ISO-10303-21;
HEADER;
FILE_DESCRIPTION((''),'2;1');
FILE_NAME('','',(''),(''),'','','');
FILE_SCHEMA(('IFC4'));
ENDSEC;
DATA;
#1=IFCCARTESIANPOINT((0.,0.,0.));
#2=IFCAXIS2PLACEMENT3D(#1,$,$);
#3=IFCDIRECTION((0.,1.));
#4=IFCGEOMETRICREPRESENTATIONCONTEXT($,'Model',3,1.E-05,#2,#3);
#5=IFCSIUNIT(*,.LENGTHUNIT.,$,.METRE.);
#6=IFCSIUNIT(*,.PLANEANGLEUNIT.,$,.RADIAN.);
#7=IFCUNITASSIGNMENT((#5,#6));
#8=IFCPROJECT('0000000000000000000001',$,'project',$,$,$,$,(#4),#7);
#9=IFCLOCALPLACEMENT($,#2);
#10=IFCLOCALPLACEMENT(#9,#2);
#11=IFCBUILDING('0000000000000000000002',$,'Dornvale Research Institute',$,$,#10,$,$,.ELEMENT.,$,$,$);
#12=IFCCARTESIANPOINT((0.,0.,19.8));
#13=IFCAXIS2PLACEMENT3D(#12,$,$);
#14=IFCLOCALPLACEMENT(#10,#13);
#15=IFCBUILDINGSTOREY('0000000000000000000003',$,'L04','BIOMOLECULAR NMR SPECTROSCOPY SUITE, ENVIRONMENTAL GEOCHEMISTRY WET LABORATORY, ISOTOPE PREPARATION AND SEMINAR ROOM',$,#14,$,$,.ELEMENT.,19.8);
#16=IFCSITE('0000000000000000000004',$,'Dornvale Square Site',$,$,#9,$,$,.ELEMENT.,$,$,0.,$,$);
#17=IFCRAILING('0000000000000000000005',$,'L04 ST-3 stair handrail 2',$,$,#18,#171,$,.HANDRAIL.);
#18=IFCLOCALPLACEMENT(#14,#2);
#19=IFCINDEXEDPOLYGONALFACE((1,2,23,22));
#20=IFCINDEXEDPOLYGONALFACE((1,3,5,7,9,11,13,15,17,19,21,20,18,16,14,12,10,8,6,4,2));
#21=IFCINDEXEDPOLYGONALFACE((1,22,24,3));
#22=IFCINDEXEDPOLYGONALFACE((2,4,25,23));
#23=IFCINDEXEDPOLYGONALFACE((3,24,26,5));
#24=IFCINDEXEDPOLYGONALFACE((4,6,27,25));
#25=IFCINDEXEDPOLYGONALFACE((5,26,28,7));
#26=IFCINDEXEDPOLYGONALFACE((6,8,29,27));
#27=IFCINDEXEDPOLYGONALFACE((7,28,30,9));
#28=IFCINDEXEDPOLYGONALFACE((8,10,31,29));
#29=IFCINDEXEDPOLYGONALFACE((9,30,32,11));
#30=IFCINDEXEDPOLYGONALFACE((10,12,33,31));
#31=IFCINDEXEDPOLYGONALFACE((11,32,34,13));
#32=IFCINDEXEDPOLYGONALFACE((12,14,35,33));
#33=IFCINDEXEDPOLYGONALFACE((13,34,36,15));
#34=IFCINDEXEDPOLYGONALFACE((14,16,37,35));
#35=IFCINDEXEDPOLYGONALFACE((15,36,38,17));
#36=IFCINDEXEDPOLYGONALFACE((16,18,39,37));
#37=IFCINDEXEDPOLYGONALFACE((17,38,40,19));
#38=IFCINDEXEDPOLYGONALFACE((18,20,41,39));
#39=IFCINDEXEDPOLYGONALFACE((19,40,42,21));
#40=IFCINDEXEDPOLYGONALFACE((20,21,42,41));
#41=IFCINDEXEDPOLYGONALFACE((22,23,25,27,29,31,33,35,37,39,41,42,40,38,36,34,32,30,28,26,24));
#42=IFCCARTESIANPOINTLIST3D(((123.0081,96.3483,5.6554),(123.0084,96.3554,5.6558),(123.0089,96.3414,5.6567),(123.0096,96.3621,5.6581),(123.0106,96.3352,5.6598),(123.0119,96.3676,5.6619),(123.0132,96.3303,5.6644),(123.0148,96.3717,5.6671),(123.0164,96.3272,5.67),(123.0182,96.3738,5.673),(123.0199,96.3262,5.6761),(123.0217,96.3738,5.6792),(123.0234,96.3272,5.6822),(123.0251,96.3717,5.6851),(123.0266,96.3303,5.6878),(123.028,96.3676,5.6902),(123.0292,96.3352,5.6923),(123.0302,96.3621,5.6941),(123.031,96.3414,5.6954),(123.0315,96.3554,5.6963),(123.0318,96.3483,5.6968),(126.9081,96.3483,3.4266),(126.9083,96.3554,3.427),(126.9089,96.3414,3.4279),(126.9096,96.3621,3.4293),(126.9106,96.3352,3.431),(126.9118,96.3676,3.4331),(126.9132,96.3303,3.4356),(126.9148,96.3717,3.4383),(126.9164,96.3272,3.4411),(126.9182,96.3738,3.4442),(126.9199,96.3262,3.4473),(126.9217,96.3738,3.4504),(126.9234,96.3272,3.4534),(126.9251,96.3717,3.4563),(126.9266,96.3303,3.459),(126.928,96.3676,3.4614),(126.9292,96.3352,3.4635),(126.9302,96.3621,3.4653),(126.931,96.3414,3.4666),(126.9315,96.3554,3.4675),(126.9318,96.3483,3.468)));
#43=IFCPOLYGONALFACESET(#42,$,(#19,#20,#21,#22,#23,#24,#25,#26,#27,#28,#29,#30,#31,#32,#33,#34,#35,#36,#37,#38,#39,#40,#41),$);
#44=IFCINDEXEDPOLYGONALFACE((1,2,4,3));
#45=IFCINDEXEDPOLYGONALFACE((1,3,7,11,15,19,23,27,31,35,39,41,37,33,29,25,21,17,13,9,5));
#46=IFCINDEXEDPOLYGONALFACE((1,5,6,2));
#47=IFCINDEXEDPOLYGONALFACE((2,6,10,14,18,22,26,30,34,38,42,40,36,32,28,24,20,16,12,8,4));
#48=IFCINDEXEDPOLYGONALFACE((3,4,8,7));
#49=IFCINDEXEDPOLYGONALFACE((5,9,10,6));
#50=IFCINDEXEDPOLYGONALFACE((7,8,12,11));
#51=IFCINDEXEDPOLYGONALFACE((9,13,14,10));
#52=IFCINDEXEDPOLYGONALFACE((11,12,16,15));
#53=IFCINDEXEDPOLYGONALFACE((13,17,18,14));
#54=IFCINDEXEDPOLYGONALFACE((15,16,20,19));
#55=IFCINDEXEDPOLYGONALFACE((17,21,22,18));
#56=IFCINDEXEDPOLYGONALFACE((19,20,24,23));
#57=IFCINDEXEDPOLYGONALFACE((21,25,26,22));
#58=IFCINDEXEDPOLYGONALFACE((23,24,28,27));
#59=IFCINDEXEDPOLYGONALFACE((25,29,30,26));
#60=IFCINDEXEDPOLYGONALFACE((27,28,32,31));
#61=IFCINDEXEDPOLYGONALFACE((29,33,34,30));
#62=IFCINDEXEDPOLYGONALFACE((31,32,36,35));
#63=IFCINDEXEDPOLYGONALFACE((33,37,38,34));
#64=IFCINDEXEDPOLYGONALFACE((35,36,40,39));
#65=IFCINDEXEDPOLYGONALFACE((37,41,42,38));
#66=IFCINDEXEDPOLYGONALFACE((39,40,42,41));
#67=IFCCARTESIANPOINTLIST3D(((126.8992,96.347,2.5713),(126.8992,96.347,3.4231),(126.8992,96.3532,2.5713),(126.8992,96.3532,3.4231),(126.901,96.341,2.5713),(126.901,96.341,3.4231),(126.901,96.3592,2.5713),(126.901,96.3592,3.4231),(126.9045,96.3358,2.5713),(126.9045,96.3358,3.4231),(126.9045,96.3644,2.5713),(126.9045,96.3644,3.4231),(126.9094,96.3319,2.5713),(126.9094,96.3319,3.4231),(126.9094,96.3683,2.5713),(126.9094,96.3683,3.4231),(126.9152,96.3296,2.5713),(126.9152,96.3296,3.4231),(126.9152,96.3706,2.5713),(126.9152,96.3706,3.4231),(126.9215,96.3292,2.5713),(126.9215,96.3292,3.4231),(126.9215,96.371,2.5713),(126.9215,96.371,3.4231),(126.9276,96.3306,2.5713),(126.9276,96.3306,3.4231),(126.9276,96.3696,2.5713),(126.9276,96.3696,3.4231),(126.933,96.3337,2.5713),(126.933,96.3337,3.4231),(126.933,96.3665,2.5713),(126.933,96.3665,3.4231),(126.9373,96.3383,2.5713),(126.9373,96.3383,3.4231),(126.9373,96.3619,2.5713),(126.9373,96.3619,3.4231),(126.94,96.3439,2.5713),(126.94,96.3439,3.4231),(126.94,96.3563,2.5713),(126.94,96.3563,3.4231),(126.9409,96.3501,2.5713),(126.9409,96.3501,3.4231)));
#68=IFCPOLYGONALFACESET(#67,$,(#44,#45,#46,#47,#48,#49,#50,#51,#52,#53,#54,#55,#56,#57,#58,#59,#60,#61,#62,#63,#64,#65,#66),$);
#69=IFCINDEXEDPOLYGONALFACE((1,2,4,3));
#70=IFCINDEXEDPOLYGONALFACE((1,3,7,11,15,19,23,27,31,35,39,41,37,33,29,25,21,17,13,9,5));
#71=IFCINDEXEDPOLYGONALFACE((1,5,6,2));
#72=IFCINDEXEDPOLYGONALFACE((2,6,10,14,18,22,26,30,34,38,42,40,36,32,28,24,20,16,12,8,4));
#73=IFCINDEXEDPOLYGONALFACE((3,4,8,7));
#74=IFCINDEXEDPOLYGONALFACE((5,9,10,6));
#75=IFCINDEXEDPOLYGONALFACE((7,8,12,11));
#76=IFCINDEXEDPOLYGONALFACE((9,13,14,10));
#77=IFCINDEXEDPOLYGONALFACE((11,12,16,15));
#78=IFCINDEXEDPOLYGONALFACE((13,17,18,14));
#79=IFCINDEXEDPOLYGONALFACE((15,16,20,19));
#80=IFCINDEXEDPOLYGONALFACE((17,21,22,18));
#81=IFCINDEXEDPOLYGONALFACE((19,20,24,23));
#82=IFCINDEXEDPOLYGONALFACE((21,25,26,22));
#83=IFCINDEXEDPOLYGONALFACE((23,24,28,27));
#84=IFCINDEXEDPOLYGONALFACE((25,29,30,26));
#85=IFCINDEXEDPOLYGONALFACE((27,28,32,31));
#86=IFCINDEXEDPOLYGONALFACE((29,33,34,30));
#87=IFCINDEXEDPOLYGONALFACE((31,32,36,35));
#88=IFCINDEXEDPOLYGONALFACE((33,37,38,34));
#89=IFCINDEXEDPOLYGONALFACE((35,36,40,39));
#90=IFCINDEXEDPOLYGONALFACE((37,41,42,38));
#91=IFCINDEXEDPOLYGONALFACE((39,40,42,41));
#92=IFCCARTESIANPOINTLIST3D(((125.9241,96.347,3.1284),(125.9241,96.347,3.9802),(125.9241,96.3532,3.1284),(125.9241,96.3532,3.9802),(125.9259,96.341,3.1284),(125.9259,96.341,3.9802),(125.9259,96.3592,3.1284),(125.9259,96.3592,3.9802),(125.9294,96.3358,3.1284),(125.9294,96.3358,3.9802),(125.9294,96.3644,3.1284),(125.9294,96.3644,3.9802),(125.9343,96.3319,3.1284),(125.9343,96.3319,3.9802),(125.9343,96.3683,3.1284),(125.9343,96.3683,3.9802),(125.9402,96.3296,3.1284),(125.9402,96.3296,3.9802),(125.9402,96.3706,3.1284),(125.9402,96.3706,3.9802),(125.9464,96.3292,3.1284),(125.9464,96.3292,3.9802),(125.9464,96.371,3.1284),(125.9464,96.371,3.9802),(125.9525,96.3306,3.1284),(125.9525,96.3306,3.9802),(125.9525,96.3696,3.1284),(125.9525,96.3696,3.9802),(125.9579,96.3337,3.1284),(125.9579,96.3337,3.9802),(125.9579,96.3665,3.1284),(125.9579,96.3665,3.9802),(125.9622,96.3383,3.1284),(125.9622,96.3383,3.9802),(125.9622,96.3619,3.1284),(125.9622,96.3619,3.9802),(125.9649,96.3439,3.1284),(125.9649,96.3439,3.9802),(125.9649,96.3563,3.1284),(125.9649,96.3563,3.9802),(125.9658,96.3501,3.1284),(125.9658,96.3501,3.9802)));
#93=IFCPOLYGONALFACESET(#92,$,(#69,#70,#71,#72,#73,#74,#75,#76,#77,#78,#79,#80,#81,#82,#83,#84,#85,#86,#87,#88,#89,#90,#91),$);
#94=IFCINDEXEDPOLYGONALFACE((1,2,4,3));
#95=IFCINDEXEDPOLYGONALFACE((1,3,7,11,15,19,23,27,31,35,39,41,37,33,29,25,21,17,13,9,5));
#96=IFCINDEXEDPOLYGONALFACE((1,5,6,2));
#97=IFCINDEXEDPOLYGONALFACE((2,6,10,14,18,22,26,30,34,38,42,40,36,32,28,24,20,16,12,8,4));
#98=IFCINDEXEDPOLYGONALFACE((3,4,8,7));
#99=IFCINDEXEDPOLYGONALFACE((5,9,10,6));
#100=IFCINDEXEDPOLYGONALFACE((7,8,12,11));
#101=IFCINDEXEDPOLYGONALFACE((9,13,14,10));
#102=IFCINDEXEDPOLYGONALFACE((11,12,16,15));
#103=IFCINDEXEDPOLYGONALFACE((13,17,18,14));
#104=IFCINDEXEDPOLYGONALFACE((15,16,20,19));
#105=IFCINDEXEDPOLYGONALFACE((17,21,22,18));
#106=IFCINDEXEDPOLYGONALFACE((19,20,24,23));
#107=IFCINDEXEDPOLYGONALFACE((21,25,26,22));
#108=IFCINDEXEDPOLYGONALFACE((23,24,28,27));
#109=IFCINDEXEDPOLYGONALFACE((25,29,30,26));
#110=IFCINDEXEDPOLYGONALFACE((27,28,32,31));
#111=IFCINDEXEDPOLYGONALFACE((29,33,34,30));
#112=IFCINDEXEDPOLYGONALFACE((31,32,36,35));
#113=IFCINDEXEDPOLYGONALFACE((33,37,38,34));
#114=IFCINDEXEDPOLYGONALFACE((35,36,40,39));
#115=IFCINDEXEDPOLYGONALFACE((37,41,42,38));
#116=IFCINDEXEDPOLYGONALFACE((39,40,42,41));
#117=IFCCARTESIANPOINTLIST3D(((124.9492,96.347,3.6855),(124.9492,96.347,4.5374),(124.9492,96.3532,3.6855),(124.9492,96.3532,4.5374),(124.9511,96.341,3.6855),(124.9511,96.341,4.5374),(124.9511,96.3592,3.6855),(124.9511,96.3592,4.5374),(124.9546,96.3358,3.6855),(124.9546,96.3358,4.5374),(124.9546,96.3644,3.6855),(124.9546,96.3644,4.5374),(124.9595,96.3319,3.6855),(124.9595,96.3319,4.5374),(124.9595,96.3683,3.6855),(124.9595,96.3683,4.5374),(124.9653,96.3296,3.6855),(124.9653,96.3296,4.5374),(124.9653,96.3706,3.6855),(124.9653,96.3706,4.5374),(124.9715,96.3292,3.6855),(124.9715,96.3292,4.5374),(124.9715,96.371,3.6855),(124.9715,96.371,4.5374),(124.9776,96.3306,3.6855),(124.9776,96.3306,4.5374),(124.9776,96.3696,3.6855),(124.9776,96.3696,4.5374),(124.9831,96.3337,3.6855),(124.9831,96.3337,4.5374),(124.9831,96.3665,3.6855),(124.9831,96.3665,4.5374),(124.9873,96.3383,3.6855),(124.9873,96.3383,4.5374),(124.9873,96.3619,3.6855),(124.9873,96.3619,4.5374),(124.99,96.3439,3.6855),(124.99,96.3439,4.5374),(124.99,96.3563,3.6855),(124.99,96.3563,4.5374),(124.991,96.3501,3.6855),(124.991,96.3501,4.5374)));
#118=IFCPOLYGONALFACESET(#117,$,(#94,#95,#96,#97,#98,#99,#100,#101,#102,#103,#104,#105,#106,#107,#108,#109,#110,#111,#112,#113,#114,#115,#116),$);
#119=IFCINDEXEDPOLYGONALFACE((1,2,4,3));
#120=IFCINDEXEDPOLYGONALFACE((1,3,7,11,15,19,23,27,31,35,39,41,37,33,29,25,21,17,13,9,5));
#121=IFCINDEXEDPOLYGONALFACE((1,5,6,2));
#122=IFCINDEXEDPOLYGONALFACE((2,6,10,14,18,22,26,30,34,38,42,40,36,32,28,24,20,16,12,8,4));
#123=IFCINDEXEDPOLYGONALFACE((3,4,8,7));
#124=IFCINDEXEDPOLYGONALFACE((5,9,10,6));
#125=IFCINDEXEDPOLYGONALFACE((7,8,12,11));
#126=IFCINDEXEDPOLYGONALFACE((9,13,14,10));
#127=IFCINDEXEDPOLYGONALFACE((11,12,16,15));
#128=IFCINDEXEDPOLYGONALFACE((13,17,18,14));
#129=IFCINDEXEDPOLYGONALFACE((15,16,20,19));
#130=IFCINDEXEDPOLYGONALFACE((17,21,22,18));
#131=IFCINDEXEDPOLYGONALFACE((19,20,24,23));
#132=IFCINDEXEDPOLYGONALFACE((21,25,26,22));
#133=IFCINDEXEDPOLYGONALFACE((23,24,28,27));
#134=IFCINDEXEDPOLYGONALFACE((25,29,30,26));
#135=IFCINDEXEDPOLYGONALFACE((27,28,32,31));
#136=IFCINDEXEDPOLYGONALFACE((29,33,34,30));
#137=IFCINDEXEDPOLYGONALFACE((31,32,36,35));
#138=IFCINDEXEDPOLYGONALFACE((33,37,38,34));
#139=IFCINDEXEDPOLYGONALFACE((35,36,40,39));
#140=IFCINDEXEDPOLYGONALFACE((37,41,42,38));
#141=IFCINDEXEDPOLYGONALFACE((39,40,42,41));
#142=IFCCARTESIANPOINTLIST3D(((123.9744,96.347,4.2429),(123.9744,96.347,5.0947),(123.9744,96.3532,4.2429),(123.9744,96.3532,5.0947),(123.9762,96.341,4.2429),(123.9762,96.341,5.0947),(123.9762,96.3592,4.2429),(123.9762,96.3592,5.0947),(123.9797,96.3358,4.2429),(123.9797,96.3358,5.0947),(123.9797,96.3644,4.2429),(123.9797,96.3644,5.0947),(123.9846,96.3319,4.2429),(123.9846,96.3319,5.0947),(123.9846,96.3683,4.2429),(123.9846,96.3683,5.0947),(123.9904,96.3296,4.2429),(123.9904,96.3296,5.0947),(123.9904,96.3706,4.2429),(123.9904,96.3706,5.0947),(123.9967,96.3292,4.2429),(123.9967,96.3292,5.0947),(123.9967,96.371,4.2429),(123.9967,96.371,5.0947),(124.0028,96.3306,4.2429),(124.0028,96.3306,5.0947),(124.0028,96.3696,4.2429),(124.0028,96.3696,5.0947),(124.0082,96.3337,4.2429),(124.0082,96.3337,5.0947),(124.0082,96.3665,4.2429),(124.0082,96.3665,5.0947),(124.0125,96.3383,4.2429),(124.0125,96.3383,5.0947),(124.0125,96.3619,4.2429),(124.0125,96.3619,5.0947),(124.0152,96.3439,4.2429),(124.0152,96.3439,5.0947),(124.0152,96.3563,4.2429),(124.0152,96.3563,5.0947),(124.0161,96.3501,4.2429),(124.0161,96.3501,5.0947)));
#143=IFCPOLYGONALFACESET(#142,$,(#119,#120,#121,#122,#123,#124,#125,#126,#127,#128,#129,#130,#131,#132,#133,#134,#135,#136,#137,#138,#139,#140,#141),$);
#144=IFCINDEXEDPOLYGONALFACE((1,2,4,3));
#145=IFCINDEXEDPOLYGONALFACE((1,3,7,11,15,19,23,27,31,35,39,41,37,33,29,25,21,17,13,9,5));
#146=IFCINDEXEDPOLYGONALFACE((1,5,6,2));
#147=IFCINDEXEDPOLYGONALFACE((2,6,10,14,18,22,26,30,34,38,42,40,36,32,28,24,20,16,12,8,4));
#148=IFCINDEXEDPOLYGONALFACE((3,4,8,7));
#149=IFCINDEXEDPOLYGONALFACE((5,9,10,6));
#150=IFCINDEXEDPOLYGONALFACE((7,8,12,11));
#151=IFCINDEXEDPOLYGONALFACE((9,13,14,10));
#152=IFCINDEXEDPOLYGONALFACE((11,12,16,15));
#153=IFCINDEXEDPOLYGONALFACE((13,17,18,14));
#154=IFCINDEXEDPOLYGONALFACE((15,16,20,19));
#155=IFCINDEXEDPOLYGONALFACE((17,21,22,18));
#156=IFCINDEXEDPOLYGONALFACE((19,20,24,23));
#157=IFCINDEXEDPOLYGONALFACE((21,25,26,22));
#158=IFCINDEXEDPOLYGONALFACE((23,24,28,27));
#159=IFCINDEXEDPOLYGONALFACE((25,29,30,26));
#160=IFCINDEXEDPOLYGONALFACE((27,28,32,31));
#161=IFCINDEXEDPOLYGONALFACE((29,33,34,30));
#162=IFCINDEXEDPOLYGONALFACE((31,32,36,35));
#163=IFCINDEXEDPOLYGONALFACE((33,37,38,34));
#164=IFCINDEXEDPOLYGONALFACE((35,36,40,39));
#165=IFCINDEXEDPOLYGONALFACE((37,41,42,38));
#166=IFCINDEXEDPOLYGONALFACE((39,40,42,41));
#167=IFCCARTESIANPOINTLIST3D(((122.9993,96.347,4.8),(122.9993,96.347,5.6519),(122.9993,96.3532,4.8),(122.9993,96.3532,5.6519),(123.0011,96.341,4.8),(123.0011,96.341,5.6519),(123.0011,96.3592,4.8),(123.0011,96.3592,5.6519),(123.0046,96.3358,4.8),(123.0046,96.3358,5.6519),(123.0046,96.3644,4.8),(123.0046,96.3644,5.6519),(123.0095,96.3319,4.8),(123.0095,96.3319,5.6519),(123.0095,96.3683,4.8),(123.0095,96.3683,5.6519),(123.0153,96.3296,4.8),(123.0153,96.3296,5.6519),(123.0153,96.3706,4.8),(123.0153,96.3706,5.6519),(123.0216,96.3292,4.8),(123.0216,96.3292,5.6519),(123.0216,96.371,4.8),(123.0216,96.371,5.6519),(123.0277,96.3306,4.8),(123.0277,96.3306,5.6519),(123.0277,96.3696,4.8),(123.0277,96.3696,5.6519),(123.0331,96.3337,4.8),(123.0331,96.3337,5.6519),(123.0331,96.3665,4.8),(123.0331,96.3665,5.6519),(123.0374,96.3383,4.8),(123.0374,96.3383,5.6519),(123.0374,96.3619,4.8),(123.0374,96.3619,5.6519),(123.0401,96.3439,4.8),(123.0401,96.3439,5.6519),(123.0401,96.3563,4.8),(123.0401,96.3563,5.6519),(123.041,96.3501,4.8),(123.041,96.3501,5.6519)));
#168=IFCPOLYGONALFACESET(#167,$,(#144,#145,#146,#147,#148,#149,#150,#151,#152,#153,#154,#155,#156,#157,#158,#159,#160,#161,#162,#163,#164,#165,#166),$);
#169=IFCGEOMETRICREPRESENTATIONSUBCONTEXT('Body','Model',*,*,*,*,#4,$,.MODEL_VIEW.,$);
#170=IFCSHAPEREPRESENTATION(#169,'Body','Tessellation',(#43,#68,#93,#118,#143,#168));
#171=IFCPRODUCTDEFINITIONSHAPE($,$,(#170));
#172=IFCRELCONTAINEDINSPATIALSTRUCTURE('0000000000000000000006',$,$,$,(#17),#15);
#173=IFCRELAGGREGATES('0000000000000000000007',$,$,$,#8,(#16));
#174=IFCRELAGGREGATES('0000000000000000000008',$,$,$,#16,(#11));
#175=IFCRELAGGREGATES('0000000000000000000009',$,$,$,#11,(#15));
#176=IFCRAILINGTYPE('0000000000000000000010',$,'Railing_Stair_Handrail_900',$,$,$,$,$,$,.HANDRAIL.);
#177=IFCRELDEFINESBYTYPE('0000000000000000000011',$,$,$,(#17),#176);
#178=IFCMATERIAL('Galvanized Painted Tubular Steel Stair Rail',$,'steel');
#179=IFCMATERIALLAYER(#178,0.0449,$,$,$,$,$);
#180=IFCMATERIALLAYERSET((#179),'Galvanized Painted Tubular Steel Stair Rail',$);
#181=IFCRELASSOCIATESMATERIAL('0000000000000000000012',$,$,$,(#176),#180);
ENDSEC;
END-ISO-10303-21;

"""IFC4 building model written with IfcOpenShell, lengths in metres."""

from ifc_helpers import new_model, si_unit, direction, frame, origin, origin_2d, place, context, subcontext, project, spatial, circle, extrude, material, layer, layer_set, type_object, element, save


model = new_model("IFC4")

# Units and contexts
model_context = context("Model", 3, precision=1e-05, world=origin(), true_north=direction((0.0, 1.0)))
body_context = subcontext(model_context, "Body", "Model", "MODEL_VIEW")
ifc_project = project(units=[si_unit("LENGTHUNIT", "METRE"), si_unit("PLANEANGLEUNIT", "RADIAN")], contexts=[model_context])

# Site, building, storey
site_placement = place(None, origin())
site = spatial("IfcSite", under=ifc_project, at=site_placement, Name="Dornvale Square Site", CompositionType="ELEMENT", RefElevation=0.0)
building_placement = place(site_placement, origin())
building = spatial("IfcBuilding", under=site, at=building_placement, Name="Dornvale Research Institute", CompositionType="ELEMENT")
storey_placement = place(building_placement, frame((0.0, 0.0, 19.8)))
storey = spatial("IfcBuildingStorey", under=building, at=storey_placement, Name="L04", Description="BIOMOLECULAR NMR SPECTROSCOPY SUITE, ENVIRONMENTAL GEOCHEMISTRY WET LABORATORY, ISOTOPE PREPARATION AND SEMINAR ROOM", CompositionType="ELEMENT", Elevation=19.8)

# Railing
ifc_material_1 = material(Name="Galvanized Painted Tubular Steel Stair Rail", Category="steel")
ifc_layer_1 = layer(ifc_material_1, 0.0449)
ifc_layer_set_1 = layer_set([ifc_layer_1], Name="Galvanized Painted Tubular Steel Stair Rail")
railing_type_1 = type_object("IfcRailingType", Name="Railing_Stair_Handrail_900", PredefinedType="HANDRAIL", material=ifc_layer_set_1)
railing_1_placement = place(storey_placement, frame((126.9199, 96.3501, 2.5713)))
element("IfcRailing", 1, at=railing_1_placement, inside=storey, type_object=railing_type_1, Name="L04 ST-3 stair handrail 2", PredefinedType="HANDRAIL", context=body_context, shape_type="SweptSolid", body=[
    extrude(circle(Radius=0.0239, at=origin_2d()), frame((0.0, 0.0, 0.876), z_axis=(-0.86822, 0.0, 0.49618), x_axis=(0.0, -1.0, 0.0)), (0.0, 0.0, 1.0), 4.4919),
    extrude(circle(Radius=0.021, at=origin_2d()), origin(), (0.0, 0.0, 1.0), 0.8518),
    extrude(circle(Radius=0.021, at=origin_2d()), frame((-0.9751, 0.0, 0.5571)), (0.0, 0.0, 1.0), 0.8518),
    extrude(circle(Radius=0.021, at=origin_2d()), frame((-1.95, 0.0, 1.1143)), (0.0, 0.0, 1.0), 0.8518),
    extrude(circle(Radius=0.021, at=origin_2d()), frame((-2.9248, 0.0, 1.6716)), (0.0, 0.0, 1.0), 0.8518),
    extrude(circle(Radius=0.021, at=origin_2d()), frame((-3.8999, 0.0, 2.2288)), (0.0, 0.0, 1.0), 0.8518),
])

save(model, "model.ifc")
